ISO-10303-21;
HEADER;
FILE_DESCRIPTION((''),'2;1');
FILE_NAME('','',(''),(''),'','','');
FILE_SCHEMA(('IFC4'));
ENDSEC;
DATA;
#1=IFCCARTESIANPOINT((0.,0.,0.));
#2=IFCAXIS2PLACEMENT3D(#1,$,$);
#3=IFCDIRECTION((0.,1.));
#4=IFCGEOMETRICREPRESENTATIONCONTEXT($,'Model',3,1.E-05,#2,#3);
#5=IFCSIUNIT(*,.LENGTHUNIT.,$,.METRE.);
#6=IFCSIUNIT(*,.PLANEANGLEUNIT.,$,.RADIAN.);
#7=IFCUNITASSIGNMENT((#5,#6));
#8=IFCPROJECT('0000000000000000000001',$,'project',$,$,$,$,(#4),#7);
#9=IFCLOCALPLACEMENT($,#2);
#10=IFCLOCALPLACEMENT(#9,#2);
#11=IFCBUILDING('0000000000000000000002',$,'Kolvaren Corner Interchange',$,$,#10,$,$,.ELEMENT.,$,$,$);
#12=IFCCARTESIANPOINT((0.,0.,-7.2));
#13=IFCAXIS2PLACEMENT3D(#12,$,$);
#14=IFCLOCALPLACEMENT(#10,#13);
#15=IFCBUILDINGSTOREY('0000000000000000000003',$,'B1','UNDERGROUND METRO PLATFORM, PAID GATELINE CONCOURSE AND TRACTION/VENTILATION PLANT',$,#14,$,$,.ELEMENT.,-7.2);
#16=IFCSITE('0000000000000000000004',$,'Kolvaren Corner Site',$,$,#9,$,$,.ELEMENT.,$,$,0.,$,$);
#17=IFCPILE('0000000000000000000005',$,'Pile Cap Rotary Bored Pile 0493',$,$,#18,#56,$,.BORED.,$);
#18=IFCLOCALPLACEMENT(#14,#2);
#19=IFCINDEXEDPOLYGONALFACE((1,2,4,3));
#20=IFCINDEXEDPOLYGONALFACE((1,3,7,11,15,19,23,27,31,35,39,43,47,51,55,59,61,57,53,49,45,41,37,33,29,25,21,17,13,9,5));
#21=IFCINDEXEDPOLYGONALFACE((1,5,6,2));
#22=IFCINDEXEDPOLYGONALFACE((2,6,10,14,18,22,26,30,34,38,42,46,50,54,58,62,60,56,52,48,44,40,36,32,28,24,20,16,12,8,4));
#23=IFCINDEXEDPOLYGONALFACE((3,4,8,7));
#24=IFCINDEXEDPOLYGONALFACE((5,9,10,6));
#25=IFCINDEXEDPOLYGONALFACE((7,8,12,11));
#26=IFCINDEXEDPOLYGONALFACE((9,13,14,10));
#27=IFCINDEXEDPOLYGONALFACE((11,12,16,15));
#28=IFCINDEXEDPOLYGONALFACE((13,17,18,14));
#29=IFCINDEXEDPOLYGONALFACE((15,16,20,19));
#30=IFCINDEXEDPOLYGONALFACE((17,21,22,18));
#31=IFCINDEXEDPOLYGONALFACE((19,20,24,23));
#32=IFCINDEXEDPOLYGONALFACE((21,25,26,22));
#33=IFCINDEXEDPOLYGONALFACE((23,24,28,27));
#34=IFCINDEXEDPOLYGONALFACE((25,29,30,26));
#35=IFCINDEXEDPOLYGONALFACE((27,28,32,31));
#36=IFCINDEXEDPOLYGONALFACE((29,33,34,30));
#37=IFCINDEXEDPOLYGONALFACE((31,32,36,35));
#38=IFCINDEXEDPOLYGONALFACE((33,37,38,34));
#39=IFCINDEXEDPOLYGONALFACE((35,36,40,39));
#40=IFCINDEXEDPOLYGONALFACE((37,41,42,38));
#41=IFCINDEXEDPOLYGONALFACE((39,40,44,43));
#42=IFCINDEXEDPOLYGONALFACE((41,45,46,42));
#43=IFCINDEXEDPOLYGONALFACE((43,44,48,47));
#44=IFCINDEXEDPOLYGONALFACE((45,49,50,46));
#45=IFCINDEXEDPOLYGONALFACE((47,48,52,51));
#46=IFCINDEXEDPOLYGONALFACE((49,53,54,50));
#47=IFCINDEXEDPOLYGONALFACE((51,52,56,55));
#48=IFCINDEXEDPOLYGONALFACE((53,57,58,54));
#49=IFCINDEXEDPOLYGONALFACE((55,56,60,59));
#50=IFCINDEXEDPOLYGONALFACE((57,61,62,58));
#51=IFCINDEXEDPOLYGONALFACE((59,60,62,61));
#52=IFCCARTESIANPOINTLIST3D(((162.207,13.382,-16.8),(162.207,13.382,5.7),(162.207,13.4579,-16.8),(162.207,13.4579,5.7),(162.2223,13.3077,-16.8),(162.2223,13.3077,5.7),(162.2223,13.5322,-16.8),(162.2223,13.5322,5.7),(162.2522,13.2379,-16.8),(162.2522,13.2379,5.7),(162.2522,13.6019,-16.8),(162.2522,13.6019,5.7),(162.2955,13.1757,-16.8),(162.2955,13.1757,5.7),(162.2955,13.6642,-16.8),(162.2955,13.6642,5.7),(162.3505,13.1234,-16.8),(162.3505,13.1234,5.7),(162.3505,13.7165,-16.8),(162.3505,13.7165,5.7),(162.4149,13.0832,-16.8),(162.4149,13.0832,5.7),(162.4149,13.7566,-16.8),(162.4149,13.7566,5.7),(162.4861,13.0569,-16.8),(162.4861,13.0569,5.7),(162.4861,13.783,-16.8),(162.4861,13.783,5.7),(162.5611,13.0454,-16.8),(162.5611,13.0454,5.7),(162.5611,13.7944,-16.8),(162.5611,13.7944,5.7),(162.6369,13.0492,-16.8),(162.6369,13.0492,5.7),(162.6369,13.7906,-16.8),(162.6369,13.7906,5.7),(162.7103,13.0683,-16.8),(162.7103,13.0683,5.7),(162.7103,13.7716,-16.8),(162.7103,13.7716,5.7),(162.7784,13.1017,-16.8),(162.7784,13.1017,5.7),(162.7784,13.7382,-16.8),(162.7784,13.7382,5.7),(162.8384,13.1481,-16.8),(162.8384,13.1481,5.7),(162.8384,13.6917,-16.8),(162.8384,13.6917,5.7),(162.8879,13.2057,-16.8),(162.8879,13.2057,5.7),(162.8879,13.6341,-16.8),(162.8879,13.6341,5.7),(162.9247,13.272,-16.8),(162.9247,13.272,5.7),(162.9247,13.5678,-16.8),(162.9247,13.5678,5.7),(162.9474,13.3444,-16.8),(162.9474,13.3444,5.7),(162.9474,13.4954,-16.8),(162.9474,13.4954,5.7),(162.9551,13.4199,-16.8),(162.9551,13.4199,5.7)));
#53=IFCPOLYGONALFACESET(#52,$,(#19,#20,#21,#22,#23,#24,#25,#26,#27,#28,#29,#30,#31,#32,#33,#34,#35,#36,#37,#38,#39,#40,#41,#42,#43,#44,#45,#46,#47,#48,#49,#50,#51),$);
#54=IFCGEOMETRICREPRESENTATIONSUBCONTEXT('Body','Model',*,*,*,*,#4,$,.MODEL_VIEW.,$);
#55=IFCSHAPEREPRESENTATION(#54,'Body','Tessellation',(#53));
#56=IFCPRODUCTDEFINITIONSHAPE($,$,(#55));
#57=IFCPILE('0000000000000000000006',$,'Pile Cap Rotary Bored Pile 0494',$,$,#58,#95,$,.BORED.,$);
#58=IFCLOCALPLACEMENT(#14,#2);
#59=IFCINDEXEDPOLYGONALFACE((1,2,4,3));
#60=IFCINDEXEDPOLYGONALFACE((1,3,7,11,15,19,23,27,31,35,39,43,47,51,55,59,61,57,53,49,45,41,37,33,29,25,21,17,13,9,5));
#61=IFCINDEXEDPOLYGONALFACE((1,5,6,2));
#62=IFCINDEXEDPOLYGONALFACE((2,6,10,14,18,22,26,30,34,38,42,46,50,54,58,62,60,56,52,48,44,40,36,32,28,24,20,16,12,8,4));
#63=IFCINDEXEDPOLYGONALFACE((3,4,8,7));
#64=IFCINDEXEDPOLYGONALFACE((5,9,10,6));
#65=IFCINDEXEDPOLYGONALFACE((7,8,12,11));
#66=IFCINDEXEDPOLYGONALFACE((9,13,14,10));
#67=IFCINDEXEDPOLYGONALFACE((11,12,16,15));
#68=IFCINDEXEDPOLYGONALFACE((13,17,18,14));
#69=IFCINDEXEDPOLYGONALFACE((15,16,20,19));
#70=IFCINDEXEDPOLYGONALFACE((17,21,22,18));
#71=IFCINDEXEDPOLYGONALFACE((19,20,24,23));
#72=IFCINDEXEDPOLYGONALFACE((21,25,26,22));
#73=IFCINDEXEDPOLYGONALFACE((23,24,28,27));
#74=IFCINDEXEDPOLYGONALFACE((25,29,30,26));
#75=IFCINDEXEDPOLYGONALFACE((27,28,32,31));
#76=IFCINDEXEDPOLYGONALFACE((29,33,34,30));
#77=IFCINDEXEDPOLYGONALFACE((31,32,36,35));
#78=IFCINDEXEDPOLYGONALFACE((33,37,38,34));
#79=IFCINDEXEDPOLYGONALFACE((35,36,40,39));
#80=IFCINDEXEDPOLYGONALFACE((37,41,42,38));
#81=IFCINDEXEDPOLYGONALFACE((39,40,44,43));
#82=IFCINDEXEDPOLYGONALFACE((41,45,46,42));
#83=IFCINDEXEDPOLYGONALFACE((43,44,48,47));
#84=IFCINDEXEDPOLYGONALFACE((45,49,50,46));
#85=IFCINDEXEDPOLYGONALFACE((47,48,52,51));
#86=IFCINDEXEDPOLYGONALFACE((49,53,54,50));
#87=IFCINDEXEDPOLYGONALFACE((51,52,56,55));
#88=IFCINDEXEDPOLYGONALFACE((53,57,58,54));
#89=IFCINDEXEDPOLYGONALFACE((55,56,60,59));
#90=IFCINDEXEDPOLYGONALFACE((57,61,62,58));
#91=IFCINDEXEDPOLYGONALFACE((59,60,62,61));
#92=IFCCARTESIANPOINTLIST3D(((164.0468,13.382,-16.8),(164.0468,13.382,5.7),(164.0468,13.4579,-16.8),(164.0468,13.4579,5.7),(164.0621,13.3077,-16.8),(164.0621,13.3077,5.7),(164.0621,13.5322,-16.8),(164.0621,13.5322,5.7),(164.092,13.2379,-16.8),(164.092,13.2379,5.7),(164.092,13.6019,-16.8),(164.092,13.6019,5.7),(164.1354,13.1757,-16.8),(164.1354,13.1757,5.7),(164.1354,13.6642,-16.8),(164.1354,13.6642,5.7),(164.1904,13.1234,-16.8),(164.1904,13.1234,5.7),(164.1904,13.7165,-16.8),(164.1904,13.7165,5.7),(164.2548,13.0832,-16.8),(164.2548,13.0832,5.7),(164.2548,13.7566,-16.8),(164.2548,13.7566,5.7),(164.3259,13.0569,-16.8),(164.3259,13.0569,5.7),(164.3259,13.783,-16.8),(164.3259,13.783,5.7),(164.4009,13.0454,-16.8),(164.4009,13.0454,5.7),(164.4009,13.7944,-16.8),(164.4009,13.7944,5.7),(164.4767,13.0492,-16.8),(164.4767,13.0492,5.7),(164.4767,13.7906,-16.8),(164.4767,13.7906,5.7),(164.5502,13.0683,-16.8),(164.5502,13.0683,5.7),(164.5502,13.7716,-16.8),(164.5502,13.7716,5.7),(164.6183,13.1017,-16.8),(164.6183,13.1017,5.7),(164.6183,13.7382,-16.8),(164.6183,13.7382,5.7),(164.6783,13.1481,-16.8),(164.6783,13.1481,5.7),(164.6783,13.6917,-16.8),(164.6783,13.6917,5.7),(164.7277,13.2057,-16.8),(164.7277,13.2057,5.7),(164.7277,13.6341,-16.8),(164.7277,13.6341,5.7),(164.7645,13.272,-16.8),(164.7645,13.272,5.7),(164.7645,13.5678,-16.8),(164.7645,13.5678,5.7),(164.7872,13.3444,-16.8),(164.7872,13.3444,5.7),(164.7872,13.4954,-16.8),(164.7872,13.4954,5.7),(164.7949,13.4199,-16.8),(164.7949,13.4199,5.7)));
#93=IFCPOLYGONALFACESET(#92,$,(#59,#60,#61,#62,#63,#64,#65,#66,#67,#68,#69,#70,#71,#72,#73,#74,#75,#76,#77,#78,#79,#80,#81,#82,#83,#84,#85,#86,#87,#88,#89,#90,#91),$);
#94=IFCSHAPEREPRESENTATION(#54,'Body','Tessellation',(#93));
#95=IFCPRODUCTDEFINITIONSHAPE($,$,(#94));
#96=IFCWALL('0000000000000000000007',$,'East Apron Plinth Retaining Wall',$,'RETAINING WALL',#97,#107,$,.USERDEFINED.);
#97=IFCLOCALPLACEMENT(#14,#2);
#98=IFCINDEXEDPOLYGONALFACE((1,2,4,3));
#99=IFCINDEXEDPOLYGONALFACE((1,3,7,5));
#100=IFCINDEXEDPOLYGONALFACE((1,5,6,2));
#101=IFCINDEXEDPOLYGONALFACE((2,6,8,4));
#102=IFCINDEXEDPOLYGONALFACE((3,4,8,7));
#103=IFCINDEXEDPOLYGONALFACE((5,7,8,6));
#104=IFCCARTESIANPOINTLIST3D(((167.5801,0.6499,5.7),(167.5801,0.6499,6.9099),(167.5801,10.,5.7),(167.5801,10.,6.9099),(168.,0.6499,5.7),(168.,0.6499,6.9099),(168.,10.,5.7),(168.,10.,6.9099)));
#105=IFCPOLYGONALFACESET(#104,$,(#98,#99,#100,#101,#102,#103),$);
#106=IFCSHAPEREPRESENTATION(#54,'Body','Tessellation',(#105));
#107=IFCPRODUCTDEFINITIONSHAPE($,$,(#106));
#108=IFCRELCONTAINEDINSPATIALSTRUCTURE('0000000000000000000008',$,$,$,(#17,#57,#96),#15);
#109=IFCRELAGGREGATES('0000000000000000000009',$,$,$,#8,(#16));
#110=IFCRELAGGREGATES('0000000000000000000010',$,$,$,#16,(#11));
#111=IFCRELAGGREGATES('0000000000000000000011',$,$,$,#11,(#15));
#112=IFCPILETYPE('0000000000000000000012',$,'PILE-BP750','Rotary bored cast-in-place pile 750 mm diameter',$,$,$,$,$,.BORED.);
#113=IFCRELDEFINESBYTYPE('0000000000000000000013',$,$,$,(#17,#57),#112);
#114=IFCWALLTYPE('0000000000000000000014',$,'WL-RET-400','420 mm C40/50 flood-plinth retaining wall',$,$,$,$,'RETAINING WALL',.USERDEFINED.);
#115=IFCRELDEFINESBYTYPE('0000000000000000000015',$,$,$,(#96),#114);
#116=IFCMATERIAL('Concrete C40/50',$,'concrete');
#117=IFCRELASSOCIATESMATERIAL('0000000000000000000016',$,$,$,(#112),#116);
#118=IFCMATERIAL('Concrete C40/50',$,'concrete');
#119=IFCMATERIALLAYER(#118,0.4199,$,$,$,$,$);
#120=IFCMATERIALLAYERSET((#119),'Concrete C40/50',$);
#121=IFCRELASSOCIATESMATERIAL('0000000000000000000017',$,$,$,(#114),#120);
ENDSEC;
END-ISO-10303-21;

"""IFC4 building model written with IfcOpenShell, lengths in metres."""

from ifc_helpers import new_model, si_unit, direction, frame, frame_2d, origin, origin_2d, place, context, subcontext, project, spatial, rectangle, circle, extrude, material, layer, layer_set, material_profile, profile_set, type_object, element, save


model = new_model("IFC4")

# Units and contexts
model_context = context("Model", 3, precision=1e-05, world=origin(), true_north=direction((0.0, 1.0)))
body_context = subcontext(model_context, "Body", "Model", "MODEL_VIEW")
ifc_project = project(units=[si_unit("LENGTHUNIT", "METRE"), si_unit("PLANEANGLEUNIT", "RADIAN")], contexts=[model_context])

# Site, building, storey
site_placement = place(None, origin())
site = spatial("IfcSite", under=ifc_project, at=site_placement, Name="Kolvaren Corner Site", CompositionType="ELEMENT", RefElevation=0.0)
building_placement = place(site_placement, origin())
building = spatial("IfcBuilding", under=site, at=building_placement, Name="Kolvaren Corner Interchange", CompositionType="ELEMENT")
storey_placement = place(building_placement, frame((0.0, 0.0, -7.2)))
storey = spatial("IfcBuildingStorey", under=building, at=storey_placement, Name="B1", Description="UNDERGROUND METRO PLATFORM, PAID GATELINE CONCOURSE AND TRACTION/VENTILATION PLANT", CompositionType="ELEMENT", Elevation=-7.2)

# Piles
ifc_material_1 = material(Name="Concrete C40/50", Category="concrete")
ifc_material_profile_1 = material_profile(ifc_material_1, circle(Radius=0.375, at=origin_2d()), Name="BORED PILE 750")
ifc_profile_set_1 = profile_set([ifc_material_profile_1], Name="Concrete C40/50")
pile_type_1 = type_object("IfcPileType", Name="PILE-BP750", Description="Rotary bored cast-in-place pile 750 mm diameter", PredefinedType="BORED", material=ifc_profile_set_1)
for number, where, z_axis, x_axis, name in (
    (1, (162.5801, 13.4199, 5.7), (0.0, 0.0, -1.0), (1.0, 0.0, 0.0), "Pile Cap Rotary Bored Pile 0493"),
    (2, (164.4199, 13.4199, 5.7), (0.0, 0.0, -1.0), (1.0, 0.0, 0.0), "Pile Cap Rotary Bored Pile 0494"),
):
    element("IfcPile", number, at=place(storey_placement, frame(where, z_axis=z_axis, x_axis=x_axis)), inside=storey, type_object=pile_type_1, Name=name, PredefinedType="BORED", context=body_context, shape_type="SweptSolid", body=[
        extrude(circle(Radius=0.375, at=origin_2d()), origin(), (0.0, 0.0, 1.0), 22.5),
    ])

# Wall
ifc_material_2 = material(Name="Concrete C40/50", Category="concrete")
ifc_layer = layer(ifc_material_2, 0.4199)
ifc_layer_set = layer_set([ifc_layer], Name="Concrete C40/50")
wall_type = type_object("IfcWallType", Name="WL-RET-400", Description="420 mm C40/50 flood-plinth retaining wall", ElementType="RETAINING WALL", PredefinedType="USERDEFINED", material=ifc_layer_set)
wall_placement = place(storey_placement, frame((167.79, 0.6499, 5.7), z_axis=(0.0, 0.0, 1.0), x_axis=(0.0, 1.0, 0.0)))
element("IfcWall", 3, at=wall_placement, inside=storey, type_object=wall_type, Name="East Apron Plinth Retaining Wall", ObjectType="RETAINING WALL", PredefinedType="USERDEFINED", context=body_context, shape_type="SweptSolid", body=[
    extrude(rectangle(XDim=9.3501, YDim=0.4199, at=frame_2d((4.675, 0.0))), origin(), (0.0, 0.0, 1.0), 1.21),
])

save(model, "model.ifc")
